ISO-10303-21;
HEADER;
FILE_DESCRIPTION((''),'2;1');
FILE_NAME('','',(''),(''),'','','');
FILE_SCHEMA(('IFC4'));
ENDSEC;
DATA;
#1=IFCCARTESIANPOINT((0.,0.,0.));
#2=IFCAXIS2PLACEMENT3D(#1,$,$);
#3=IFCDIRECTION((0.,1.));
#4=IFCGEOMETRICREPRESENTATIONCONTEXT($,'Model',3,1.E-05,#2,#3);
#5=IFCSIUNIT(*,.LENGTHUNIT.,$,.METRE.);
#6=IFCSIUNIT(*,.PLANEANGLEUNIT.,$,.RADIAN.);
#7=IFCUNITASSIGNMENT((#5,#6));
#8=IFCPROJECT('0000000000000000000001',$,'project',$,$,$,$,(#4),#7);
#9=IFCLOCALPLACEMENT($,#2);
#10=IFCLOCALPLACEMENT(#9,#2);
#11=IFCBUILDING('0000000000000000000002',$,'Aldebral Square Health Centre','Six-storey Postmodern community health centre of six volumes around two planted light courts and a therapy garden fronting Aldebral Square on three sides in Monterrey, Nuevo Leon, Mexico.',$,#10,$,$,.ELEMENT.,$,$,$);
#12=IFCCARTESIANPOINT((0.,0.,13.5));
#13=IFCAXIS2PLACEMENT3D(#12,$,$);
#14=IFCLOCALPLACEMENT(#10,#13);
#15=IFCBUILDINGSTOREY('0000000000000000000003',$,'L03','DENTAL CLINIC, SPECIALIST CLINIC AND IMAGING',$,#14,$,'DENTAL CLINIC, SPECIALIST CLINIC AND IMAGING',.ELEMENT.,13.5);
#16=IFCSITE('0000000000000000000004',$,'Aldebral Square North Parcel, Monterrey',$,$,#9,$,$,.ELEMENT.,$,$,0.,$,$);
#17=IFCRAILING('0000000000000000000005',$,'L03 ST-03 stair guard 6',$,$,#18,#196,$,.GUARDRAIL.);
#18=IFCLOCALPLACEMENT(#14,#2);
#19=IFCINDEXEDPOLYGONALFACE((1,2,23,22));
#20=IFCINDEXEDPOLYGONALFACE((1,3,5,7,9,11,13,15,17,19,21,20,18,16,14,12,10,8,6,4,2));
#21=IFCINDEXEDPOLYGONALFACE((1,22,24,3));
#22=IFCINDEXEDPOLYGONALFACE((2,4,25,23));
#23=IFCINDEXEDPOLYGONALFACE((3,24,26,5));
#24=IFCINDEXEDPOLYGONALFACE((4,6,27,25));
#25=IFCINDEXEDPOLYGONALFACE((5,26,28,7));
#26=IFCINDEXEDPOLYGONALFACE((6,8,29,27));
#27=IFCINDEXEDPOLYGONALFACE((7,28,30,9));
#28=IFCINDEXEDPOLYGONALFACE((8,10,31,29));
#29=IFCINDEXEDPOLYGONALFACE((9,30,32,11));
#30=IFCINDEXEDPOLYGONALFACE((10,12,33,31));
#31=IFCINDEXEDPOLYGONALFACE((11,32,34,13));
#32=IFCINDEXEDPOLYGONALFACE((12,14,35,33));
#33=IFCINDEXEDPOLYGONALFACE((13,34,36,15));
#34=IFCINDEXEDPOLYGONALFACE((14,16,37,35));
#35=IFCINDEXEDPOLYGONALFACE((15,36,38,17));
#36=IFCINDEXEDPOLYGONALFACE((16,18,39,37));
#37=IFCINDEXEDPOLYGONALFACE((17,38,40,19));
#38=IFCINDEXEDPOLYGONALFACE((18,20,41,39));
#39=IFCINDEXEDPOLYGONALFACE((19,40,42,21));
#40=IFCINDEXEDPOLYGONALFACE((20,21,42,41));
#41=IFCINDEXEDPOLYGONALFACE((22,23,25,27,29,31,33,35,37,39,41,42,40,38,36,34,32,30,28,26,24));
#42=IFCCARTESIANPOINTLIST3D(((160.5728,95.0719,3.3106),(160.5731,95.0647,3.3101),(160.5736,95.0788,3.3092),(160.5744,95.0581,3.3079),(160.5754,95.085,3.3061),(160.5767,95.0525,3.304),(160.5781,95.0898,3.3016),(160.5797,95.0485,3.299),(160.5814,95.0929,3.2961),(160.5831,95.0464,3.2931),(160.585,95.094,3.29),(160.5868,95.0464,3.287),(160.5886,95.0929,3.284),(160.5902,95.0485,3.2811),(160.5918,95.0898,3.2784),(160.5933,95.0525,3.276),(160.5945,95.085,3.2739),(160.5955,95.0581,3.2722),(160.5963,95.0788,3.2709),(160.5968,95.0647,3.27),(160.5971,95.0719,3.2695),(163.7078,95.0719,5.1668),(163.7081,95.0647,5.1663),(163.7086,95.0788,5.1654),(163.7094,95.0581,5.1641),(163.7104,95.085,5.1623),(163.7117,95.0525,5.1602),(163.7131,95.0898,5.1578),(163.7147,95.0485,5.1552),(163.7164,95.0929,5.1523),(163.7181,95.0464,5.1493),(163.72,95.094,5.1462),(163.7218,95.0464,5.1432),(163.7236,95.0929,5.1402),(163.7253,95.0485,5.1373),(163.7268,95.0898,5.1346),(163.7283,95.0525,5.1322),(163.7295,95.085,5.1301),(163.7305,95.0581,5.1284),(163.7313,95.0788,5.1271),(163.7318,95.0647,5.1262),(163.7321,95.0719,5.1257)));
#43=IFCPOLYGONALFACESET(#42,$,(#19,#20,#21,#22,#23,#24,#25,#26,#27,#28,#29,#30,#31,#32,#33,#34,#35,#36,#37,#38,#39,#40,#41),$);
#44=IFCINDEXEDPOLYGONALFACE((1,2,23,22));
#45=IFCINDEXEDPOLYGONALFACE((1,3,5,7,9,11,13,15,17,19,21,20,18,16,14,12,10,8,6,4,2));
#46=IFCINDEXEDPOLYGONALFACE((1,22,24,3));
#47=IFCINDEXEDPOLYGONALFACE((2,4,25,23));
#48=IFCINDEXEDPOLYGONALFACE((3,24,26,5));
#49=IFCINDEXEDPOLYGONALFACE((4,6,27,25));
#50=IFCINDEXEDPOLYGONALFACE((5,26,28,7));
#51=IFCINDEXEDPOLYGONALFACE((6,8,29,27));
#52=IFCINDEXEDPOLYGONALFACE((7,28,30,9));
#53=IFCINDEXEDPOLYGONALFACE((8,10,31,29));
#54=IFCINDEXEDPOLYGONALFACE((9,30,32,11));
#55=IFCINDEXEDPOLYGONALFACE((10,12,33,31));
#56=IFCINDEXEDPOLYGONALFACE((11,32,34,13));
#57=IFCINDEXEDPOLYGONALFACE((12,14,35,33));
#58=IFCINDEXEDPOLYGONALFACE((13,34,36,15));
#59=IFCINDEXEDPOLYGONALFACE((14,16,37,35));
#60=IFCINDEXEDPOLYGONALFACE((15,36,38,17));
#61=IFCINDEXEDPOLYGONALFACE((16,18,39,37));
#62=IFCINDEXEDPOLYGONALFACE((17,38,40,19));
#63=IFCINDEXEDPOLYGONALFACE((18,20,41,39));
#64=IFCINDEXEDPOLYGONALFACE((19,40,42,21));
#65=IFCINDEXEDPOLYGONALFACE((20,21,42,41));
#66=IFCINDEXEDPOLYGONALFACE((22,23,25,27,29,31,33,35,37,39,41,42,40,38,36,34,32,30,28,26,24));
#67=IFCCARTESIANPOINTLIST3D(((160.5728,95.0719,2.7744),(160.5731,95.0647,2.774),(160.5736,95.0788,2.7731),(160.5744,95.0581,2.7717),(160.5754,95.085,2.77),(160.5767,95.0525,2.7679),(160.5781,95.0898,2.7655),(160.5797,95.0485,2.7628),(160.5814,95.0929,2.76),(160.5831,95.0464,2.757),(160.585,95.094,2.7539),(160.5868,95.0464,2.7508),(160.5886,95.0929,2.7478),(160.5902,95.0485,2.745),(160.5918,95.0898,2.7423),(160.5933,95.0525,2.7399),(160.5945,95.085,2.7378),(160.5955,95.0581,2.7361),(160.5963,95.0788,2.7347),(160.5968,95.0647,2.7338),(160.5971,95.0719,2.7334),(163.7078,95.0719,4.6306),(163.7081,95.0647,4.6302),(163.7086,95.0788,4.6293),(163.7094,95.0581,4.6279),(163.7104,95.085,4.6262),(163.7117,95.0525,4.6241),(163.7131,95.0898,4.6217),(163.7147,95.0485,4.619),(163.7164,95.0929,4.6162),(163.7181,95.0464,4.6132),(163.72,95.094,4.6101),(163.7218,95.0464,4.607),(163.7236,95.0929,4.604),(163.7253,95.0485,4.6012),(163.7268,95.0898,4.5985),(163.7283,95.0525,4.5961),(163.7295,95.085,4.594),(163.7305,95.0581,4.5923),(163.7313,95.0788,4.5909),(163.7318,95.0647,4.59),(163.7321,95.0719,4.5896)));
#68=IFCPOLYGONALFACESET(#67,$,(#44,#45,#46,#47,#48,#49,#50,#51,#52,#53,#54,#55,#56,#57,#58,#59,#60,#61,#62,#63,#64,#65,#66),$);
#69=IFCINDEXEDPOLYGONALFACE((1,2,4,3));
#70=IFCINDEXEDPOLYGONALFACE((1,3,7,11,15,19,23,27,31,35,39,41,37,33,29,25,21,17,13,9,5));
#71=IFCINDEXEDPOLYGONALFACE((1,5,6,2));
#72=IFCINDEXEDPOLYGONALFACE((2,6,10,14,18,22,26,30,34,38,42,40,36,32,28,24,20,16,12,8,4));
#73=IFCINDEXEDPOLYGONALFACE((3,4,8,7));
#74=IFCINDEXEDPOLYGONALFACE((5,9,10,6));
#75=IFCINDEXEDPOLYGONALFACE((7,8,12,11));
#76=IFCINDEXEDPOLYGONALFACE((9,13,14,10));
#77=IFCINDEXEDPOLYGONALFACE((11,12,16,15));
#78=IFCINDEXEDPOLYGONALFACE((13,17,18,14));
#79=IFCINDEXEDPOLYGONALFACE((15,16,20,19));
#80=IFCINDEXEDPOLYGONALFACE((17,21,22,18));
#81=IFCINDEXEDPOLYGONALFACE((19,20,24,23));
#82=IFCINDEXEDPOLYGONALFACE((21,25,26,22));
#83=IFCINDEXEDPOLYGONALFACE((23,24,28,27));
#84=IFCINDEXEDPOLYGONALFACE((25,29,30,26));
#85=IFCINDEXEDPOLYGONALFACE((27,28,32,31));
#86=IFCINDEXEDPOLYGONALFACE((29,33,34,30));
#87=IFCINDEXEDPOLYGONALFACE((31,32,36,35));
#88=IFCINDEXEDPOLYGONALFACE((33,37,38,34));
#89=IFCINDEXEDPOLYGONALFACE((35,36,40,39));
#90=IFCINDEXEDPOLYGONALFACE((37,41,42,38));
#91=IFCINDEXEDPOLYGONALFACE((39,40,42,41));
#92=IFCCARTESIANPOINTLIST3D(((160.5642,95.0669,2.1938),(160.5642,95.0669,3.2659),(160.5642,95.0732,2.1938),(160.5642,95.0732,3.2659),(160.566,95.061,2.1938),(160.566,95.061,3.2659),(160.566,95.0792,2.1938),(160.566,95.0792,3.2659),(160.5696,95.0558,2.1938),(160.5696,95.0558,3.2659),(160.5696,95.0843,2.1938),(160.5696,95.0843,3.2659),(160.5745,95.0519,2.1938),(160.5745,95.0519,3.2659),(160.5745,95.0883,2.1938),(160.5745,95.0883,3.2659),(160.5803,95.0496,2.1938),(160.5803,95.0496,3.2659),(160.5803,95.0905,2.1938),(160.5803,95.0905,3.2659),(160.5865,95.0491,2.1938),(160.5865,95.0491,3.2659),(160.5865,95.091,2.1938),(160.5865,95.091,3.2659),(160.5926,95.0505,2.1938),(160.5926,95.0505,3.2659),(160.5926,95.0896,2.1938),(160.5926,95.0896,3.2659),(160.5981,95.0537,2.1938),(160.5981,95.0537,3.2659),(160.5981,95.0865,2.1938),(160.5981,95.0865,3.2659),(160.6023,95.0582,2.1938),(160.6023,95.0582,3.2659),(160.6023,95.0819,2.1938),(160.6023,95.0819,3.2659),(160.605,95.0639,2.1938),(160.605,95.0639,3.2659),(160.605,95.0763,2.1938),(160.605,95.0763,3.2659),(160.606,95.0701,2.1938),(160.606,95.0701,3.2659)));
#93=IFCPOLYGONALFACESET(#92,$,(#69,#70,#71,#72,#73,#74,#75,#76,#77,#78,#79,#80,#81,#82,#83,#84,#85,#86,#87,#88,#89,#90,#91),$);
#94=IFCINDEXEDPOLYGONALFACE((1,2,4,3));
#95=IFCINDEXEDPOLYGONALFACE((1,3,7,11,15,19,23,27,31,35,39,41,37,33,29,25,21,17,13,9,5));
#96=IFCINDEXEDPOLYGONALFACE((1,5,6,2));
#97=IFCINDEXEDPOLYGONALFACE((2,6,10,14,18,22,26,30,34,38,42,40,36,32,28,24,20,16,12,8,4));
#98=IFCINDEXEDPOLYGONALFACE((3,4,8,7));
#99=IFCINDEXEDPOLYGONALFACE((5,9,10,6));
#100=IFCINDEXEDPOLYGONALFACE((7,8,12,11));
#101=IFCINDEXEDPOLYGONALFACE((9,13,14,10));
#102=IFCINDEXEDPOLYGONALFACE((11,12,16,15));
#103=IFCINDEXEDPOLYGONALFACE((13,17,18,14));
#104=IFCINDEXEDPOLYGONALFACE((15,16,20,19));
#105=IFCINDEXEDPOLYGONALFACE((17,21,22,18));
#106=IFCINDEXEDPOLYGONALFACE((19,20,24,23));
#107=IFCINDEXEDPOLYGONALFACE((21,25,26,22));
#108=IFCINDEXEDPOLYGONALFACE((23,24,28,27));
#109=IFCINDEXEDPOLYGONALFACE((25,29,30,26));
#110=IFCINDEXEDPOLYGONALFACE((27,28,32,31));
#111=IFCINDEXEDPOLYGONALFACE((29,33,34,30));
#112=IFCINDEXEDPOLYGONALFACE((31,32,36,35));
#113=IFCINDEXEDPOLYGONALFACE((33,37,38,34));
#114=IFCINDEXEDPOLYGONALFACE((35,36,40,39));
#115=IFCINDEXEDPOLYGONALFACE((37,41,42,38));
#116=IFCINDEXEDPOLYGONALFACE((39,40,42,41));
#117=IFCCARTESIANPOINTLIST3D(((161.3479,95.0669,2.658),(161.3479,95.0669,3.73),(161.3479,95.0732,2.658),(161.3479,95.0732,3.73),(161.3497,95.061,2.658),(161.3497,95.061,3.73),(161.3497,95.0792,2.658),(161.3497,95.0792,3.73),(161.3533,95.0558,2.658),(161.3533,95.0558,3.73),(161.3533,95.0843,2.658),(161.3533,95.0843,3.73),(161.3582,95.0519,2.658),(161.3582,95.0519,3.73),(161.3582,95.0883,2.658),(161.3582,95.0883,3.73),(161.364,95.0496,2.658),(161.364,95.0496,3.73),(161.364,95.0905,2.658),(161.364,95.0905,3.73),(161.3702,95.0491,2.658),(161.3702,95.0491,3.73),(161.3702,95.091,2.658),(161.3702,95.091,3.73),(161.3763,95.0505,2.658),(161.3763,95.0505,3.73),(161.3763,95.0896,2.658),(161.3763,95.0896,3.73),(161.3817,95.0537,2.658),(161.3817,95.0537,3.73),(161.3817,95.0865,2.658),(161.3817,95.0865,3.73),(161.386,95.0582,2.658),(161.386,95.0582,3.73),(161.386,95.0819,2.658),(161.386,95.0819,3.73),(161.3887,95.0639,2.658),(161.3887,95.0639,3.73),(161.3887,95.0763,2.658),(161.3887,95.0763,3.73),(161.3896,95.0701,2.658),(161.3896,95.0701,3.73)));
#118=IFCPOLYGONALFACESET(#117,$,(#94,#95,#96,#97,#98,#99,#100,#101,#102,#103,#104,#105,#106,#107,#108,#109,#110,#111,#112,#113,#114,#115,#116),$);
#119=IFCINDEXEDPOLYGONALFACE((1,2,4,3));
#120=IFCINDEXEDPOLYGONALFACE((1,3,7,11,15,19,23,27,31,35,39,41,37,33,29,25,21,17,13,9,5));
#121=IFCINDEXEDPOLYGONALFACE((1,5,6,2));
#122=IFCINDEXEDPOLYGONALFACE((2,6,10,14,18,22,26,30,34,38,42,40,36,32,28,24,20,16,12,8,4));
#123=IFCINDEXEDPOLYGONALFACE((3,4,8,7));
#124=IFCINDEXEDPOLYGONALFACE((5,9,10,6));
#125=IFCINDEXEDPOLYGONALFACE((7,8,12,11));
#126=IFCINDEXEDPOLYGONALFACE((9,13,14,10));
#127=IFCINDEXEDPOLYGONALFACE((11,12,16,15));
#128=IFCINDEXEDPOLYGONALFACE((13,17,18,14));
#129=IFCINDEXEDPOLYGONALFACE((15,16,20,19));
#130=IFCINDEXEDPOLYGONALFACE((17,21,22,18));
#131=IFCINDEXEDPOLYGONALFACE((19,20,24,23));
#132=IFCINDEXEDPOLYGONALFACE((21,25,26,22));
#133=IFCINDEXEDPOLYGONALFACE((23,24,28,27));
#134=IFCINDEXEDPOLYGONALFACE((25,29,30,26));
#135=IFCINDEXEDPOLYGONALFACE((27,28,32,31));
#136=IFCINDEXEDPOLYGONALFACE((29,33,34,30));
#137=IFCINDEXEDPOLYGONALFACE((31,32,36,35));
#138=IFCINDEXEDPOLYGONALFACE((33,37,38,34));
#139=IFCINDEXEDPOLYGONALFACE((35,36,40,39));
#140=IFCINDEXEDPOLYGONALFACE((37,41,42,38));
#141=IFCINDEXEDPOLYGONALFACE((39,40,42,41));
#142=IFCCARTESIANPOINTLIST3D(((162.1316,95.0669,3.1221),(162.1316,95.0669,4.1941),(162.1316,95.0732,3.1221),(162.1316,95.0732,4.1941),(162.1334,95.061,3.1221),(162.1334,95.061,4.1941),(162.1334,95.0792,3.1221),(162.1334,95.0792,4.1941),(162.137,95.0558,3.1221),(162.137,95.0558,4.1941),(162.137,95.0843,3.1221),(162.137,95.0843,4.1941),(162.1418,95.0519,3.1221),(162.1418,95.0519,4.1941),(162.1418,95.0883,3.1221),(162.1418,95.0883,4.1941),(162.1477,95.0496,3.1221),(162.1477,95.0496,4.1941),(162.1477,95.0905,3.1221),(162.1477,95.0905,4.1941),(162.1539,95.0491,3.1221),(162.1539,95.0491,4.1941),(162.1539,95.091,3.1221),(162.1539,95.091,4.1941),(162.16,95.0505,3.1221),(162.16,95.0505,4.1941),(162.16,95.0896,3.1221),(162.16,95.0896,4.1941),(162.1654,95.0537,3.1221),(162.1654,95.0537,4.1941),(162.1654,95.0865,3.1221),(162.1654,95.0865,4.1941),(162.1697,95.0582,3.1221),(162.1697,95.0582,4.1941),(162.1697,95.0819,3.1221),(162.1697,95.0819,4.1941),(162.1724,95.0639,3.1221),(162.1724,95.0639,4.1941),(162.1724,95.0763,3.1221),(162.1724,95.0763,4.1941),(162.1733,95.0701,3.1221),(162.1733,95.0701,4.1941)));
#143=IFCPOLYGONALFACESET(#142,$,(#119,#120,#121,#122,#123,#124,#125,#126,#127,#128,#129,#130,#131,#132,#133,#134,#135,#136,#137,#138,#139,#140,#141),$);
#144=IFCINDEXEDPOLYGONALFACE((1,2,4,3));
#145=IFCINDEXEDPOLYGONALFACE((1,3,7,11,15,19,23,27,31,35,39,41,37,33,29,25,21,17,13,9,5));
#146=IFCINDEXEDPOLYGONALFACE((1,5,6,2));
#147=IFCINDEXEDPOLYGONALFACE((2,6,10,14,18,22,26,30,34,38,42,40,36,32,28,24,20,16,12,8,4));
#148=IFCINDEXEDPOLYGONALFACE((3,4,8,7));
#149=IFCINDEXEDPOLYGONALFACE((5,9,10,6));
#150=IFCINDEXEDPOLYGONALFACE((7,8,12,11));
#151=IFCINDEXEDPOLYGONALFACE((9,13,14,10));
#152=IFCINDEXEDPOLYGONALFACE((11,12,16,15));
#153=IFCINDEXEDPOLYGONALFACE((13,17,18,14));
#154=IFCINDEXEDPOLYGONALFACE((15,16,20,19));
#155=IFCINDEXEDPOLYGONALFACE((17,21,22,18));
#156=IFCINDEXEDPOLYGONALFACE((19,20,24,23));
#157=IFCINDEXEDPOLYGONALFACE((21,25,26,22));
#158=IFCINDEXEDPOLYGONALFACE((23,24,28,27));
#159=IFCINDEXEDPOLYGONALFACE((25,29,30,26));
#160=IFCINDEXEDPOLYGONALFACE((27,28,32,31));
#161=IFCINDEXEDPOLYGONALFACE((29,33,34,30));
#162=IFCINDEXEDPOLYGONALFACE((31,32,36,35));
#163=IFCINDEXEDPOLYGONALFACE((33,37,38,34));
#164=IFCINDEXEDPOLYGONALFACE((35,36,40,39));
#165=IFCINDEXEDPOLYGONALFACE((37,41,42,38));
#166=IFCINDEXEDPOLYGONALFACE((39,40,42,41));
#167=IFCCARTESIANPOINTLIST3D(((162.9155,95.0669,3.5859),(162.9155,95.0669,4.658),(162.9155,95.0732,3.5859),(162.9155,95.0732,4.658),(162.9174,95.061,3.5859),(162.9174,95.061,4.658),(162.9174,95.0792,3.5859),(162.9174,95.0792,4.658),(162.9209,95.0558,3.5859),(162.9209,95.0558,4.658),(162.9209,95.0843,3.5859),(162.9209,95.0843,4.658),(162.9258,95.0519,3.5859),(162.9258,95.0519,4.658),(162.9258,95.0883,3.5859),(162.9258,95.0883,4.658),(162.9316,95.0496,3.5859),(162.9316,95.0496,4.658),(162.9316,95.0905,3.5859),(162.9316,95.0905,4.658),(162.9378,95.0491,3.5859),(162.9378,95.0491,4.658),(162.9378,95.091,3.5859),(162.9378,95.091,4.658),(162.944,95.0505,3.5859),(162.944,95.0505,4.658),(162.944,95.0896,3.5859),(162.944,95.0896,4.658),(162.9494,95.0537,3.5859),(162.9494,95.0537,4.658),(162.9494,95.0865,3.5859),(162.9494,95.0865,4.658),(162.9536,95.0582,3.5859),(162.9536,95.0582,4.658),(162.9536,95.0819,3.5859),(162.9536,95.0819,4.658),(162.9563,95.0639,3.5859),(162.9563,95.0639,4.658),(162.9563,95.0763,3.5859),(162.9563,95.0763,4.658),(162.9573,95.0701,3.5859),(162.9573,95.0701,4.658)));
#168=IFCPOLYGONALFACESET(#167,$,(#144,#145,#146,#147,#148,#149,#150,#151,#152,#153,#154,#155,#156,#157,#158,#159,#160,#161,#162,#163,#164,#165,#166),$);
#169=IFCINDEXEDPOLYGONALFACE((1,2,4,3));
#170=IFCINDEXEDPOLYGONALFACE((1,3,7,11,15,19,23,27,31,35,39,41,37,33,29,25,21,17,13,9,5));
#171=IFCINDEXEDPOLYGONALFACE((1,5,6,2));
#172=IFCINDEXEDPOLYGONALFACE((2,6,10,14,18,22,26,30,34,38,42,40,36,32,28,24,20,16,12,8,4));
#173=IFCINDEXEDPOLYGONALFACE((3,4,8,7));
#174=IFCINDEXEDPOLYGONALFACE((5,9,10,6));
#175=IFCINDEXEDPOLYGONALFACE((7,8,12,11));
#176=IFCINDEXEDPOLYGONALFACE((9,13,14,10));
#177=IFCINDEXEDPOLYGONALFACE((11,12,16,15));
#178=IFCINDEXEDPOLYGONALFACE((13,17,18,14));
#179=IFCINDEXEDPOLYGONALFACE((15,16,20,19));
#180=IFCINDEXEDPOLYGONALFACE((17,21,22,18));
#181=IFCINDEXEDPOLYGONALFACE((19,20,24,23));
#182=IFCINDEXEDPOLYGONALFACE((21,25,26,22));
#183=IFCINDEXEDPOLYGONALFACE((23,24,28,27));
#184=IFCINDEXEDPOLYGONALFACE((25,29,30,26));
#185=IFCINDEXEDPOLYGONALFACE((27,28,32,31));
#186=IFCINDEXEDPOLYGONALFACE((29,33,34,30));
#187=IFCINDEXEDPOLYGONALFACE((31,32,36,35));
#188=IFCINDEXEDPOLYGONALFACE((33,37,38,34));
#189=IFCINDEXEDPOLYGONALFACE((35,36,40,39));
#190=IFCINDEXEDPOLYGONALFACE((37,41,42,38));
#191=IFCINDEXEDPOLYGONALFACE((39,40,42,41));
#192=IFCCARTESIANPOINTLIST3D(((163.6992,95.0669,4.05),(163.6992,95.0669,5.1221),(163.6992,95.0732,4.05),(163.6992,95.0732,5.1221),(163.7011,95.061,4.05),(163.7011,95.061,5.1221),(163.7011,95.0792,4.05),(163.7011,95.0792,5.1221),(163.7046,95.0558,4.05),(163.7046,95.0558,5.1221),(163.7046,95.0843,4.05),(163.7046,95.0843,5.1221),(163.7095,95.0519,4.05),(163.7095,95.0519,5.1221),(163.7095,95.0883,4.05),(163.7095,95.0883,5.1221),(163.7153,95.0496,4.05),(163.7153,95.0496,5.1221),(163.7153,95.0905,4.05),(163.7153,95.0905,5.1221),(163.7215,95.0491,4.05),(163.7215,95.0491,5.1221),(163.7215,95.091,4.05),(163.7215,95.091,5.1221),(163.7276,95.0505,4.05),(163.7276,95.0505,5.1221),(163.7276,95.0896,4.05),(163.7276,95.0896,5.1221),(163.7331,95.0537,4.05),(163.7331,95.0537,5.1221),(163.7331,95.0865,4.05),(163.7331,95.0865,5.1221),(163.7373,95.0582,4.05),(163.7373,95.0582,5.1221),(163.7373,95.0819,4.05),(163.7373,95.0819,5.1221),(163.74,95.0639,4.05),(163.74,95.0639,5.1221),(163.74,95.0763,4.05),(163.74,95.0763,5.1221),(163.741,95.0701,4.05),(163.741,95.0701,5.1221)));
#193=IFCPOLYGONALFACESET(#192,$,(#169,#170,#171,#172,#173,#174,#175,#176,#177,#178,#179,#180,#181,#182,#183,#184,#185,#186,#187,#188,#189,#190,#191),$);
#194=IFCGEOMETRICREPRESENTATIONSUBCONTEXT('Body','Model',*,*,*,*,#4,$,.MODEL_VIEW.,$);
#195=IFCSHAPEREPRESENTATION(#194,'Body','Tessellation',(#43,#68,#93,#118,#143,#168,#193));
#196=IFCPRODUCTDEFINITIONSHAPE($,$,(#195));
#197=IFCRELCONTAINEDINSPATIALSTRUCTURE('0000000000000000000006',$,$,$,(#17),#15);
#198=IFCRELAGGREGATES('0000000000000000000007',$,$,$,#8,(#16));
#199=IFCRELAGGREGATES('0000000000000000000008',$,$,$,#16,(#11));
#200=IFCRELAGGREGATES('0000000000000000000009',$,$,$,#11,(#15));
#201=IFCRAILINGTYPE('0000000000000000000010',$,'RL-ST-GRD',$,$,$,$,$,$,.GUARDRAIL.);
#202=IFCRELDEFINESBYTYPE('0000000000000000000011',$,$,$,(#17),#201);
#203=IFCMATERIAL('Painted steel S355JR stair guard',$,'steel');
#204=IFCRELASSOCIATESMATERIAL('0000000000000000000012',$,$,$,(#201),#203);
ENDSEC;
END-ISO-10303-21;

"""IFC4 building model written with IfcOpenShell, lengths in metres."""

from ifc_helpers import new_model, si_unit, direction, frame, origin, origin_2d, place, context, subcontext, project, spatial, circle, extrude, material, type_object, element, save


model = new_model("IFC4")

# Units and contexts
model_context = context("Model", 3, precision=1e-05, world=origin(), true_north=direction((0.0, 1.0)))
body_context = subcontext(model_context, "Body", "Model", "MODEL_VIEW")
ifc_project = project(units=[si_unit("LENGTHUNIT", "METRE"), si_unit("PLANEANGLEUNIT", "RADIAN")], contexts=[model_context])

# Site, building, storey
site_placement = place(None, origin())
site = spatial("IfcSite", under=ifc_project, at=site_placement, Name="Aldebral Square North Parcel, Monterrey", CompositionType="ELEMENT", RefElevation=0.0)
building_placement = place(site_placement, origin())
building = spatial("IfcBuilding", under=site, at=building_placement, Name="Aldebral Square Health Centre", Description="Six-storey Postmodern community health centre of six volumes around two planted light courts and a therapy garden fronting Aldebral Square on three sides in Monterrey, Nuevo Leon, Mexico.", CompositionType="ELEMENT")
storey_placement = place(building_placement, frame((0.0, 0.0, 13.5)))
storey = spatial("IfcBuildingStorey", under=building, at=storey_placement, Name="L03", Description="DENTAL CLINIC, SPECIALIST CLINIC AND IMAGING", LongName="DENTAL CLINIC, SPECIALIST CLINIC AND IMAGING", CompositionType="ELEMENT", Elevation=13.5)

# Railing
ifc_material_1 = material(Name="Painted steel S355JR stair guard", Category="steel")
railing_type_1 = type_object("IfcRailingType", Name="RL-ST-GRD", PredefinedType="GUARDRAIL", material=ifc_material_1)
railing_1_placement = place(storey_placement, frame((160.585, 95.0701, 2.1938)))
element("IfcRailing", 1, at=railing_1_placement, inside=storey, type_object=railing_type_1, Name="L03 ST-03 stair guard 6", PredefinedType="GUARDRAIL", context=body_context, shape_type="SweptSolid", body=[
    extrude(circle(Radius=0.0239, at=origin_2d()), frame((0.0, 0.0, 1.0962), z_axis=(0.860482, 0.0, 0.509481), x_axis=(0.0, 1.0, 0.0)), (0.0, 0.0, 1.0), 3.6433),
    extrude(circle(Radius=0.0239, at=origin_2d()), frame((0.0, 0.0, 0.5601), z_axis=(0.860482, 0.0, 0.509481), x_axis=(0.0, 1.0, 0.0)), (0.0, 0.0, 1.0), 3.6433),
    extrude(circle(Radius=0.021, at=origin_2d()), origin(), (0.0, 0.0, 1.0), 1.072),
    extrude(circle(Radius=0.021, at=origin_2d()), frame((0.7837, 0.0, 0.4641)), (0.0, 0.0, 1.0), 1.072),
    extrude(circle(Radius=0.021, at=origin_2d()), frame((1.5674, 0.0, 0.9282)), (0.0, 0.0, 1.0), 1.072),
    extrude(circle(Radius=0.021, at=origin_2d()), frame((2.3513, 0.0, 1.3921)), (0.0, 0.0, 1.0), 1.072),
    extrude(circle(Radius=0.021, at=origin_2d()), frame((3.135, 0.0, 1.8562)), (0.0, 0.0, 1.0), 1.072),
])

save(model, "model.ifc")
